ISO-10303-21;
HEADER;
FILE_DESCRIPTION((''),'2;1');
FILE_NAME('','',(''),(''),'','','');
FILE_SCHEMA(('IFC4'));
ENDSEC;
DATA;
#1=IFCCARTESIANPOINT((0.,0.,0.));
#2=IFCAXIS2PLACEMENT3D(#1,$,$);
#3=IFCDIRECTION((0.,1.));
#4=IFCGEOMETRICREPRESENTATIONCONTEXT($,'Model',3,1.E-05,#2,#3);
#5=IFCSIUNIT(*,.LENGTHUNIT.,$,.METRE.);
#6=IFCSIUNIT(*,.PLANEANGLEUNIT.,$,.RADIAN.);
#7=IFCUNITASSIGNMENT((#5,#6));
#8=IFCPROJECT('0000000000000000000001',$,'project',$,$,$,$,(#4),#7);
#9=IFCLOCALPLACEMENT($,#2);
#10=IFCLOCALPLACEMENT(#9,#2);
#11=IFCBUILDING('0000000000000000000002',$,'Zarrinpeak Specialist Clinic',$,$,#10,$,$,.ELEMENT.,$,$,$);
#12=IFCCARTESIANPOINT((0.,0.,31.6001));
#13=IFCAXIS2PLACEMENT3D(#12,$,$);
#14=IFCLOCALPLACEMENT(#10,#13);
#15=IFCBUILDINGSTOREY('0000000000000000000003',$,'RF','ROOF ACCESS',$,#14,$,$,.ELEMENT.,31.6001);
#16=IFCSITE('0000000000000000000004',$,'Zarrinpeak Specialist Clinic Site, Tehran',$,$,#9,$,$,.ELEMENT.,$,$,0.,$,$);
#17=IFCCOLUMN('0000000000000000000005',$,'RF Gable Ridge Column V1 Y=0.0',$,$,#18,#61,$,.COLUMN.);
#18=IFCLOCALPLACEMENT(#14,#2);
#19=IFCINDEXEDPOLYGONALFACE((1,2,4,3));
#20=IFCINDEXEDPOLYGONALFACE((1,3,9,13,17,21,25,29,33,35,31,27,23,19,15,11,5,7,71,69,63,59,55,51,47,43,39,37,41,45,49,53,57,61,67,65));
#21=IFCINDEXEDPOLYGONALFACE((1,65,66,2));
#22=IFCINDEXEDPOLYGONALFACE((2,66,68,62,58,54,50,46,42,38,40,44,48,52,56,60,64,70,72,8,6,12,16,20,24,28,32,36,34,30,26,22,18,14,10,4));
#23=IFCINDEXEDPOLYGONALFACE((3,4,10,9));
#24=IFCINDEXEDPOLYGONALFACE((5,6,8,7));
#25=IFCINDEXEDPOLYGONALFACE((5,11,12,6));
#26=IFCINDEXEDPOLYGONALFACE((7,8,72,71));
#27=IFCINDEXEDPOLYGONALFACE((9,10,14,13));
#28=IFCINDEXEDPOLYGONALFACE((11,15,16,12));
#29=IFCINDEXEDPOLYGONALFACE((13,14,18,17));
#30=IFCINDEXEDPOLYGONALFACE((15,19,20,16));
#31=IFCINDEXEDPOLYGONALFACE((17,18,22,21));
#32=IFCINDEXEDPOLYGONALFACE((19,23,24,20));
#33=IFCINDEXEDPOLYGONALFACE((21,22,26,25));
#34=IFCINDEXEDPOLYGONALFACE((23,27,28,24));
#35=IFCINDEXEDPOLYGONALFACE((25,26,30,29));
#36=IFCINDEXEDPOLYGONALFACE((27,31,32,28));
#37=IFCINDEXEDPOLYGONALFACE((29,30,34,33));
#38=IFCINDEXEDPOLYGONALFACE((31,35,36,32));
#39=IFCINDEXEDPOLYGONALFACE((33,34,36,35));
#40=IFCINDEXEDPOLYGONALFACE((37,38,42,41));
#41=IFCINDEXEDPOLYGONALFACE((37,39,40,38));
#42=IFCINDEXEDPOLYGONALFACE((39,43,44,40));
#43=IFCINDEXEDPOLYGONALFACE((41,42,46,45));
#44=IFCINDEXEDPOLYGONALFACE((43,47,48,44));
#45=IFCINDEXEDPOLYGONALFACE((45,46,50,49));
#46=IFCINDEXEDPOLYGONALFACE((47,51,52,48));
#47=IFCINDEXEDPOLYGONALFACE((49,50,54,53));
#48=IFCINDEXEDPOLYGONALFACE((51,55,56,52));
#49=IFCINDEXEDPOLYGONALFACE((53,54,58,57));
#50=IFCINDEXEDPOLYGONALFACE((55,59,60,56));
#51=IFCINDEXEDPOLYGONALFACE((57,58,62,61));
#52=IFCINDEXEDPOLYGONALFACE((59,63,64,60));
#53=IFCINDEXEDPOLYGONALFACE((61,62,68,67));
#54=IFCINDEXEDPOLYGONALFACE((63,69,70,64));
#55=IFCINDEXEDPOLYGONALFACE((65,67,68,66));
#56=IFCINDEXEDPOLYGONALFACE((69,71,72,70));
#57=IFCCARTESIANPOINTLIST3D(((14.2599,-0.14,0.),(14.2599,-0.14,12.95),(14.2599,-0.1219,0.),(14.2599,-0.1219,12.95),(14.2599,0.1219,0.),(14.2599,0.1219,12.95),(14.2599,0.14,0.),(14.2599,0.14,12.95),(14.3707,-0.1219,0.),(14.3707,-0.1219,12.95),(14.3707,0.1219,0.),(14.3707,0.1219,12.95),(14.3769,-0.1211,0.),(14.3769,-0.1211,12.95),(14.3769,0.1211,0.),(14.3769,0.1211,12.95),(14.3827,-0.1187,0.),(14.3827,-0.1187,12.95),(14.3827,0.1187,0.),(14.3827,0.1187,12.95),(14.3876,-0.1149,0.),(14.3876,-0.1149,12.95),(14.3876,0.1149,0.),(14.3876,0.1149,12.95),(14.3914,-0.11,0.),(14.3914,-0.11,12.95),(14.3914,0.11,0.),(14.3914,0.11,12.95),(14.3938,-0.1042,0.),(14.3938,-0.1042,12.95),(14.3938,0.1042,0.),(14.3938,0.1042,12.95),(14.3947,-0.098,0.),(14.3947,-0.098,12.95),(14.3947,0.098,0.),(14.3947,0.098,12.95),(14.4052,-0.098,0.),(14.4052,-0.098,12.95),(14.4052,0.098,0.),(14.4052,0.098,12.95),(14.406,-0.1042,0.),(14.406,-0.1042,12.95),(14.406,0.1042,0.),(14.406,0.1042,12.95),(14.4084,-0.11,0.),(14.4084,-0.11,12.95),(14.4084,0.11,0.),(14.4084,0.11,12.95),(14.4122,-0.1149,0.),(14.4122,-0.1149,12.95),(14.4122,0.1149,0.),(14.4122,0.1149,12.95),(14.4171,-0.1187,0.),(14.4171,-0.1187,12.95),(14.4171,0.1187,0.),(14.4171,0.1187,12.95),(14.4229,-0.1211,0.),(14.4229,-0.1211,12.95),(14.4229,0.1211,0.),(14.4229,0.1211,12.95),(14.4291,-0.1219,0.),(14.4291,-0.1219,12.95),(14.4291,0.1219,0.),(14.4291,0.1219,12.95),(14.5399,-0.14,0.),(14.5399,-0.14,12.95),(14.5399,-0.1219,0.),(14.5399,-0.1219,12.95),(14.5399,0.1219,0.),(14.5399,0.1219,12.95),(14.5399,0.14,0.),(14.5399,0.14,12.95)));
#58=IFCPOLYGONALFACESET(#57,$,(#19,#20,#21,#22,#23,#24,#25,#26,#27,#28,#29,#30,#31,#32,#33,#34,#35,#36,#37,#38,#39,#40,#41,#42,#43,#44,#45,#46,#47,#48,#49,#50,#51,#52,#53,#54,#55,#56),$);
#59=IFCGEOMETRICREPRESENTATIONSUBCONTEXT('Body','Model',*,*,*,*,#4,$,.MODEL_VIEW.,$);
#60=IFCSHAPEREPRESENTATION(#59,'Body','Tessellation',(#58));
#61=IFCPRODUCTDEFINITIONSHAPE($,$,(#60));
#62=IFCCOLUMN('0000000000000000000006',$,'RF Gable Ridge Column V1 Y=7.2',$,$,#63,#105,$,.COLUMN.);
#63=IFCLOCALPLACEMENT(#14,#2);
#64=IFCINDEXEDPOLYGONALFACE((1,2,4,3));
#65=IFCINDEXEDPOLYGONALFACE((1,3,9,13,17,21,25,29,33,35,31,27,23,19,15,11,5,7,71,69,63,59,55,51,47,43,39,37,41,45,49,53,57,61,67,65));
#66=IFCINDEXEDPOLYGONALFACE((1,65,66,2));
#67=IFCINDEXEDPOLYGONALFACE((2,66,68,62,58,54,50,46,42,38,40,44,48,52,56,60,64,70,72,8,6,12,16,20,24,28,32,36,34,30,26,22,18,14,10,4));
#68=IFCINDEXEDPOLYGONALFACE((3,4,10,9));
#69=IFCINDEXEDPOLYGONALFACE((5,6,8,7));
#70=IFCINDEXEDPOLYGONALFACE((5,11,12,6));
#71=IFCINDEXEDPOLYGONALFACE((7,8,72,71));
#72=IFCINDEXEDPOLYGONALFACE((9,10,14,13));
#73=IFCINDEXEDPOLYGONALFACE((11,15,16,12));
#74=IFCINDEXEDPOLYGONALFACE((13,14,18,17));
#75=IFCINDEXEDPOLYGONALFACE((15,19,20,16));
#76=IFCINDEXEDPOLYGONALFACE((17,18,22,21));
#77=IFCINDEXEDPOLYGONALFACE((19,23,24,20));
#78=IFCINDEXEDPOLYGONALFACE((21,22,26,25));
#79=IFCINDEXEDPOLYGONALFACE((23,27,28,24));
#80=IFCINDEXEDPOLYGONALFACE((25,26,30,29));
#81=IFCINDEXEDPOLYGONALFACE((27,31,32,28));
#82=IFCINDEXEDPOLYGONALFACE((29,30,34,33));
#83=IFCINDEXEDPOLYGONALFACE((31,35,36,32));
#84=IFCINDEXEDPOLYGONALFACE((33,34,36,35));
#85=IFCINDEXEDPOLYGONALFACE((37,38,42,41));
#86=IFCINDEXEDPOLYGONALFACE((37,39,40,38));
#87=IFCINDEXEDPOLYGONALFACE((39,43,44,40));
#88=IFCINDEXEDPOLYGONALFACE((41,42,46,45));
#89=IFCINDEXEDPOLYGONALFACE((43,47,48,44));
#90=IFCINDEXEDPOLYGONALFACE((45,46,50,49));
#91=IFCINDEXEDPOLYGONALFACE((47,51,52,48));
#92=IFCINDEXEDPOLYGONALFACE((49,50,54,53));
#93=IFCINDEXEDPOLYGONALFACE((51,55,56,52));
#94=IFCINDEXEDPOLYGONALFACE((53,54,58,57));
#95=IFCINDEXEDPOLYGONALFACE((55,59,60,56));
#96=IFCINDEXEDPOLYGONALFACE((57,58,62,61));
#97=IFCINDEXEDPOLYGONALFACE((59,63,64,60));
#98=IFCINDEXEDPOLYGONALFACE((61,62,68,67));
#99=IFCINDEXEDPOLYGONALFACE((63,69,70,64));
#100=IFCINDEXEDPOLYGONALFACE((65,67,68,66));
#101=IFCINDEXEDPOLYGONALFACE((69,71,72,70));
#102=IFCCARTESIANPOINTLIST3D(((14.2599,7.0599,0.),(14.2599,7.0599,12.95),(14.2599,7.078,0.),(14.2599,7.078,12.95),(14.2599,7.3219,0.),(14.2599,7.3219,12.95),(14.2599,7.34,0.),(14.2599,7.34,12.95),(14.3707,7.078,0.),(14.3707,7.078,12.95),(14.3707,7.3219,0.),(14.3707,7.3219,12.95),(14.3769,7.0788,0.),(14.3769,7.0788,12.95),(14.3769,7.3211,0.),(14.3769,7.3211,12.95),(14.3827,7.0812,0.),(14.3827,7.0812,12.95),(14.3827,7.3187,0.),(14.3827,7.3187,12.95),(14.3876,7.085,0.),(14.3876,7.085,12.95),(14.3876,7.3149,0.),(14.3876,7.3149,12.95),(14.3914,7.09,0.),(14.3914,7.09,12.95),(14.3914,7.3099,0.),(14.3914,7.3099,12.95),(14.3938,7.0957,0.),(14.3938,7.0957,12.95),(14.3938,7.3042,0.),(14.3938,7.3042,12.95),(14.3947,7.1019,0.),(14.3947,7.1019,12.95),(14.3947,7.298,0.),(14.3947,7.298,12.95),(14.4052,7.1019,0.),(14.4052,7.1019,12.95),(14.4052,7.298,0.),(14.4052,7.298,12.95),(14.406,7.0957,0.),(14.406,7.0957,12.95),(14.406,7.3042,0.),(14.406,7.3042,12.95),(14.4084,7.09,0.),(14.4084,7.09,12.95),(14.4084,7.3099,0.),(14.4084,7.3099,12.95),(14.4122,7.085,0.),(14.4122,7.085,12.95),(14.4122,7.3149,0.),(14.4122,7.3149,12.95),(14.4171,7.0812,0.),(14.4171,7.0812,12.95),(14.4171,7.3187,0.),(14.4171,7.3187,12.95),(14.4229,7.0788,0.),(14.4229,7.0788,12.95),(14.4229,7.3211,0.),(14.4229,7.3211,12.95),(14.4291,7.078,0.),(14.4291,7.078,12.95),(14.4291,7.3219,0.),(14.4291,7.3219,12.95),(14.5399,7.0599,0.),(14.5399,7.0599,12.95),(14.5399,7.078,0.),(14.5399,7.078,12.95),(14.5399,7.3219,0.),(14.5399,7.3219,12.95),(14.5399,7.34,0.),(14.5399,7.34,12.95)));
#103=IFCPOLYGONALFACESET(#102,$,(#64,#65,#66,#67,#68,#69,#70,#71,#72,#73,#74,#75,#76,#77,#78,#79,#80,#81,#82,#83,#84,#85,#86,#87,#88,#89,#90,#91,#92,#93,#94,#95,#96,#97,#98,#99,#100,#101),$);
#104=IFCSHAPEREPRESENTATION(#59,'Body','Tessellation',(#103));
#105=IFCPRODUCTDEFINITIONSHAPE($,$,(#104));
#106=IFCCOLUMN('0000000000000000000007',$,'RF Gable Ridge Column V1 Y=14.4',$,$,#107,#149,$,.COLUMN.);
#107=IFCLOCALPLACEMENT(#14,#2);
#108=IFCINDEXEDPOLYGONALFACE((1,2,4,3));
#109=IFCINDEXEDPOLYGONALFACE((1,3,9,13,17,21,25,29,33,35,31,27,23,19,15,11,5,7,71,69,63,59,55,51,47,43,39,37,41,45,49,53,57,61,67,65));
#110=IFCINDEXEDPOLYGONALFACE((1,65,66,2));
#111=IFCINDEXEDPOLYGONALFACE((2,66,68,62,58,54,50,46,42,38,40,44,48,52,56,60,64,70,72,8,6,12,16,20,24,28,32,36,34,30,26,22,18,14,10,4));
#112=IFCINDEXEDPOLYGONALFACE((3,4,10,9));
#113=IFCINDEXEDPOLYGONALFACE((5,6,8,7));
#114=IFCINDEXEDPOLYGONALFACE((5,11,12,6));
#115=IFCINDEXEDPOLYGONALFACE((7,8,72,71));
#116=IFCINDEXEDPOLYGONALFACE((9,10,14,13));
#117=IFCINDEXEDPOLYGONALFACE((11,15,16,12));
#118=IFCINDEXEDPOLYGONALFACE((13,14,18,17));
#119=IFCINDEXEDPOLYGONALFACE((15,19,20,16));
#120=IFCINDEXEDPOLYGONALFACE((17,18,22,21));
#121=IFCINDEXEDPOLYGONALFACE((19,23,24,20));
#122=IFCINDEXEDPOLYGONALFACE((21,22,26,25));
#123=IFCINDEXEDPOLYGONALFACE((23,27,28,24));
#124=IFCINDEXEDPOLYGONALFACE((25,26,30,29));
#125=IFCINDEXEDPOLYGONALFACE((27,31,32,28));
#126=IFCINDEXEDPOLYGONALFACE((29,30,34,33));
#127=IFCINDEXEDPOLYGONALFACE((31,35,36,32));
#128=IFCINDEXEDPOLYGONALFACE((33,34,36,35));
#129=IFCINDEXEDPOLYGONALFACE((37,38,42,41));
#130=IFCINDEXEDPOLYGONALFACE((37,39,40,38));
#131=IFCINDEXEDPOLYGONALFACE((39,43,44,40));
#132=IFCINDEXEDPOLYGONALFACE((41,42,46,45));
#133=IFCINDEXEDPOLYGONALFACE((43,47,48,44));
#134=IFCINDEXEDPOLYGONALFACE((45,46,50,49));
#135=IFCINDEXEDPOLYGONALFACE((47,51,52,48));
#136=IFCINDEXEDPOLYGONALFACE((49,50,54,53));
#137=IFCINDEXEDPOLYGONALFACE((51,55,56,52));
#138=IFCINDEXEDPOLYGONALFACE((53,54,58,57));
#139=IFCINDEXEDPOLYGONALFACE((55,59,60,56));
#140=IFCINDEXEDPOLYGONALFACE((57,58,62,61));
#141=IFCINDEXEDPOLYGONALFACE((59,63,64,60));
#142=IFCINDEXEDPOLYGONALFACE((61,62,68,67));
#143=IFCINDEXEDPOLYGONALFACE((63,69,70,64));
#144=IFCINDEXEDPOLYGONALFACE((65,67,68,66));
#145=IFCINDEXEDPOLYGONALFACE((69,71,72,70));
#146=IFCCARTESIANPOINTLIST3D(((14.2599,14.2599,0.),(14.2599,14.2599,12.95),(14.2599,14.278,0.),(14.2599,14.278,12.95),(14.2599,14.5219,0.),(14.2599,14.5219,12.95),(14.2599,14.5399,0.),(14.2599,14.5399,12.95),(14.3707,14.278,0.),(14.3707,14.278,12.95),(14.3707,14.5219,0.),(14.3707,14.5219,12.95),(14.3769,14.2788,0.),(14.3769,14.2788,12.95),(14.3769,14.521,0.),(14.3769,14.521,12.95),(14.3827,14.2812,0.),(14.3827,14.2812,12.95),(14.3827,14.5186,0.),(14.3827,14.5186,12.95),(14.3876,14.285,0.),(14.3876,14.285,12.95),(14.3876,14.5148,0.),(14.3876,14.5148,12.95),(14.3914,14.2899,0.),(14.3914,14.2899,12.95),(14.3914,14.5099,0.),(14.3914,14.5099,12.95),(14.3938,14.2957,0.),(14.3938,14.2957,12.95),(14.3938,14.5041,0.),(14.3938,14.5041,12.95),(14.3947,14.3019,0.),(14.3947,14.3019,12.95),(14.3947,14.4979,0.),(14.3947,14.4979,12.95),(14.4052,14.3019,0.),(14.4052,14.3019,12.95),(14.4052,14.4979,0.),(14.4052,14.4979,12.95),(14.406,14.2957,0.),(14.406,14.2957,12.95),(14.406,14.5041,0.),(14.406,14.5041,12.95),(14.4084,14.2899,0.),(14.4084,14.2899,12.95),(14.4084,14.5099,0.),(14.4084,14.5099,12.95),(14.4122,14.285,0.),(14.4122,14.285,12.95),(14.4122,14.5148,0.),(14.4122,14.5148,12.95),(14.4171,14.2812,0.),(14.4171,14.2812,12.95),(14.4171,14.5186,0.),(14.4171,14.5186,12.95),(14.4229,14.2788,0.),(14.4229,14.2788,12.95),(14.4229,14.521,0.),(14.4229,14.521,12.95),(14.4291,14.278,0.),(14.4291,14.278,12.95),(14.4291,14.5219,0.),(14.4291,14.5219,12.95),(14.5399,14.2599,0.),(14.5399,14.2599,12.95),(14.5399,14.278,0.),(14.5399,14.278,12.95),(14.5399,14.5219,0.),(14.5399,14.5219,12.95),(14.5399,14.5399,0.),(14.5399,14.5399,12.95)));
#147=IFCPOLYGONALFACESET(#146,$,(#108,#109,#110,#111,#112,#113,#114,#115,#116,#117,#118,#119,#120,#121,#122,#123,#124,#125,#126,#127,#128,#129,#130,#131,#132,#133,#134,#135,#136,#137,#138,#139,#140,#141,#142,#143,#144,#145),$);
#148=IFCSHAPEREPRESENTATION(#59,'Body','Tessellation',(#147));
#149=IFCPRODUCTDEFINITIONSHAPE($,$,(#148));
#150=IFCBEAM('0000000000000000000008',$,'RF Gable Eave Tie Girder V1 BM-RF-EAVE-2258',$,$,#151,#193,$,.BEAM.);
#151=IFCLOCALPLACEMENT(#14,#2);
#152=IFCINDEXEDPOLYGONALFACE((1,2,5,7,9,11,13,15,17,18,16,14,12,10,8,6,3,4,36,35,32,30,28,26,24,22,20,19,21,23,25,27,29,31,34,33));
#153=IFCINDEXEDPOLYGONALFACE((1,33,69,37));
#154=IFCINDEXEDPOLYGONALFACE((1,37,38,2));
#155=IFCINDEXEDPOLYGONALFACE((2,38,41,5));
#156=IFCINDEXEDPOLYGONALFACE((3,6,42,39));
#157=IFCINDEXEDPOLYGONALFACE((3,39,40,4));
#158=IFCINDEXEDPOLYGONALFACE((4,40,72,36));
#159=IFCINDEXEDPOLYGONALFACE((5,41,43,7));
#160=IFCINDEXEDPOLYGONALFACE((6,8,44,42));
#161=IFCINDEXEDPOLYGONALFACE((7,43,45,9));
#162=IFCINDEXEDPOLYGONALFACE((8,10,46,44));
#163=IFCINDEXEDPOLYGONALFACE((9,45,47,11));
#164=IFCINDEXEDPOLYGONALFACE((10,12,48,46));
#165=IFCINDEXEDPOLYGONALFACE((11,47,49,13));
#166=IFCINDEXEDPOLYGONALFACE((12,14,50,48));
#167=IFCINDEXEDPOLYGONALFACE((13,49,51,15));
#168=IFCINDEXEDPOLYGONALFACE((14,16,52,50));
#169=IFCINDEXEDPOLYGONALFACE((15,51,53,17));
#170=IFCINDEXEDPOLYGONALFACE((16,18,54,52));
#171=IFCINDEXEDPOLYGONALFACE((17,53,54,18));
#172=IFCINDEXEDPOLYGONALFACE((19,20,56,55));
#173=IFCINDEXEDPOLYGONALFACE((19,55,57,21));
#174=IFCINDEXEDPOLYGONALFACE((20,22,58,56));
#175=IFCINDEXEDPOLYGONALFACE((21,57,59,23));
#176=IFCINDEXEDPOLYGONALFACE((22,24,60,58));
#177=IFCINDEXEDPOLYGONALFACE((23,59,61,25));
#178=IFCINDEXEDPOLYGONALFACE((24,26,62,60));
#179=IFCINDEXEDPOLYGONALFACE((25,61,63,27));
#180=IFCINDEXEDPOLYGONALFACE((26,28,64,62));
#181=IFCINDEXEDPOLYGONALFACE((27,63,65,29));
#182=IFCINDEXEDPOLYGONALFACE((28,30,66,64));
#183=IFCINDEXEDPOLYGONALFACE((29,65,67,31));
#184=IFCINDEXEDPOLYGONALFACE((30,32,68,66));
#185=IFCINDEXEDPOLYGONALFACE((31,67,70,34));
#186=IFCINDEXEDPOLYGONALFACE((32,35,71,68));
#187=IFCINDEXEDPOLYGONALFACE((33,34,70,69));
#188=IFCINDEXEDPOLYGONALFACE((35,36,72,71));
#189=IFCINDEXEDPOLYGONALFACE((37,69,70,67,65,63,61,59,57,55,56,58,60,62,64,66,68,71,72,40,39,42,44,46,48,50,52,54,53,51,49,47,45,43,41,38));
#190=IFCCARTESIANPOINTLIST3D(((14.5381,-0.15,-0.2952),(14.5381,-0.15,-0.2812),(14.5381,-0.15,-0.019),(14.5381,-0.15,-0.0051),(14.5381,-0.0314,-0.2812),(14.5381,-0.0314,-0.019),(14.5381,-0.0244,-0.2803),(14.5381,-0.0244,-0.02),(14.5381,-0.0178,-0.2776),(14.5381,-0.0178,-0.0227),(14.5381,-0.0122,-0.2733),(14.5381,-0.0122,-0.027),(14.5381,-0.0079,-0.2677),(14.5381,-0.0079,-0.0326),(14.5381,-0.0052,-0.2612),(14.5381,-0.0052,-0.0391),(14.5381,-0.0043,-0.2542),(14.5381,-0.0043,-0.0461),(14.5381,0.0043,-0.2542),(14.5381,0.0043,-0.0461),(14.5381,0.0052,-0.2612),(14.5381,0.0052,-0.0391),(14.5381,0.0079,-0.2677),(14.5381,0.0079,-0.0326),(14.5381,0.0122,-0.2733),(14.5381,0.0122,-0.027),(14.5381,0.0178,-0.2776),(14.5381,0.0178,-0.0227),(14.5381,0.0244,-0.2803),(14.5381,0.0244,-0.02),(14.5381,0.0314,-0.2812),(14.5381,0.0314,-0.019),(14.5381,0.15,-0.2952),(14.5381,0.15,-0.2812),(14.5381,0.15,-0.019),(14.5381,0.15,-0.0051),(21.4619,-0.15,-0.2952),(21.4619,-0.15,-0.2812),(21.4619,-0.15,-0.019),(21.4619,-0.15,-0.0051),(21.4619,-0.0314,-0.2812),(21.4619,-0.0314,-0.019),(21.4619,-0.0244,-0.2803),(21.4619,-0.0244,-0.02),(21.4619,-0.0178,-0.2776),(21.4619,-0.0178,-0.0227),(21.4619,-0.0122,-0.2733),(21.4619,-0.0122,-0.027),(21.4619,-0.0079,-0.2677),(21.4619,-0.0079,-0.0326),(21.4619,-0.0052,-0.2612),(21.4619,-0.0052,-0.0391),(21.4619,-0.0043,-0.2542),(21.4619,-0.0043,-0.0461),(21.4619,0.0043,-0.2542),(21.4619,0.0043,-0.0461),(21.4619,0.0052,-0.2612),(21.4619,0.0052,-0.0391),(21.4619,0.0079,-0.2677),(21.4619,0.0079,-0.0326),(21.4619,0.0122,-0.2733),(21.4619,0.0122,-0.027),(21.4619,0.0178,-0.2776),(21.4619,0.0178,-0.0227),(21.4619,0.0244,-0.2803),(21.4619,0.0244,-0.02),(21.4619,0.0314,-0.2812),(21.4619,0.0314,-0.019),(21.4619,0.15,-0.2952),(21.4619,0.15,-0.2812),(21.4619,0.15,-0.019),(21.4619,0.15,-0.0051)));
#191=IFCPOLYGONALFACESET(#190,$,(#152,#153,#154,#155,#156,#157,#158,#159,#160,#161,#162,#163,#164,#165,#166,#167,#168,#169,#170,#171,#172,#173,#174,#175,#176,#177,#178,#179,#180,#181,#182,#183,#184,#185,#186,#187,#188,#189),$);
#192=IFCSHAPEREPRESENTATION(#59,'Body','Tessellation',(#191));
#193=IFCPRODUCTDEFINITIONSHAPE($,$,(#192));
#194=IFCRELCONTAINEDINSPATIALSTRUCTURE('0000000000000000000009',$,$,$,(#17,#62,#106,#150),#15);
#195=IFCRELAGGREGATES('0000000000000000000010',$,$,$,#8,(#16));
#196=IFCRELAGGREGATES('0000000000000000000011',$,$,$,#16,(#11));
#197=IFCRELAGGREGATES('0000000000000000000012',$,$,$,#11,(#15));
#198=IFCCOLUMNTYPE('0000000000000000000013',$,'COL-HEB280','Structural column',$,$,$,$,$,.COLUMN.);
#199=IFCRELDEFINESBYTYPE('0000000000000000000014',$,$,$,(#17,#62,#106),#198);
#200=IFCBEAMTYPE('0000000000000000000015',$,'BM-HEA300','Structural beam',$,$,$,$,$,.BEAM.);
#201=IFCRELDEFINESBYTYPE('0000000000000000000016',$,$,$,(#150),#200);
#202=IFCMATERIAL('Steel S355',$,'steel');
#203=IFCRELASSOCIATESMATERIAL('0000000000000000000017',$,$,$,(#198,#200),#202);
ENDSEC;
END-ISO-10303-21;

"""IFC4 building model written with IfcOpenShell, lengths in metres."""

from ifc_helpers import new_model, si_unit, direction, frame, origin, origin_2d, place, context, subcontext, project, spatial, i_section, extrude, material, material_profile, profile_set, type_object, element, save


model = new_model("IFC4")

# Units and contexts
model_context = context("Model", 3, precision=1e-05, world=origin(), true_north=direction((0.0, 1.0)))
body_context = subcontext(model_context, "Body", "Model", "MODEL_VIEW")
ifc_project = project(units=[si_unit("LENGTHUNIT", "METRE"), si_unit("PLANEANGLEUNIT", "RADIAN")], contexts=[model_context])

# Site, building, storey
site_placement = place(None, origin())
site = spatial("IfcSite", under=ifc_project, at=site_placement, Name="Zarrinpeak Specialist Clinic Site, Tehran", CompositionType="ELEMENT", RefElevation=0.0)
building_placement = place(site_placement, origin())
building = spatial("IfcBuilding", under=site, at=building_placement, Name="Zarrinpeak Specialist Clinic", CompositionType="ELEMENT")
storey_placement = place(building_placement, frame((0.0, 0.0, 31.6001)))
storey = spatial("IfcBuildingStorey", under=building, at=storey_placement, Name="RF", Description="ROOF ACCESS", CompositionType="ELEMENT", Elevation=31.6001)

# Columns
ifc_material_1 = material(Name="Steel S355", Category="steel")
ifc_material_profile_1 = material_profile(ifc_material_1, i_section(OverallWidth=0.28, OverallDepth=0.28, WebThickness=0.0105, FlangeThickness=0.0181, FilletRadius=0.0239, at=origin_2d()), Name="HEB 280")
ifc_profile_set_1 = profile_set([ifc_material_profile_1], Name="Steel S355")
column_type = type_object("IfcColumnType", Name="COL-HEB280", Description="Structural column", PredefinedType="COLUMN", material=ifc_profile_set_1)
for number, where, z_axis, x_axis, name in (
    (1, (14.3999, 0.0, 0.0), (0.0, 0.0, 1.0), (1.0, 0.0, 0.0), "RF Gable Ridge Column V1 Y=0.0"),
    (2, (14.3999, 7.2, 0.0), (0.0, 0.0, 1.0), (1.0, 0.0, 0.0), "RF Gable Ridge Column V1 Y=7.2"),
    (3, (14.3999, 14.3999, 0.0), (0.0, 0.0, 1.0), (1.0, 0.0, 0.0), "RF Gable Ridge Column V1 Y=14.4"),
):
    element("IfcColumn", number, at=place(storey_placement, frame(where, z_axis=z_axis, x_axis=x_axis)), inside=storey, type_object=column_type, Name=name, PredefinedType="COLUMN", context=body_context, shape_type="SweptSolid", body=[
        extrude(i_section(OverallWidth=0.28, OverallDepth=0.28, WebThickness=0.0105, FlangeThickness=0.0181, FilletRadius=0.0239, at=origin_2d()), origin(), (0.0, 0.0, 1.0), 12.95),
    ])

# Beam
ifc_material_profile_2 = material_profile(ifc_material_1, i_section(OverallWidth=0.3, OverallDepth=0.29, WebThickness=0.0085, FlangeThickness=0.0139, FilletRadius=0.0271, at=origin_2d()), Name="HEA 300")
ifc_profile_set_2 = profile_set([ifc_material_profile_2], Name="Steel S355")
beam_type_1 = type_object("IfcBeamType", Name="BM-HEA300", Description="Structural beam", PredefinedType="BEAM", material=ifc_profile_set_2)
for number, where, z_axis, x_axis, name in (
    (4, (14.5381, 0.0, -0.1501), (1.0, 0.0, 0.0), (0.0, 1.0, 0.0), "RF Gable Eave Tie Girder V1 BM-RF-EAVE-2258"),
):
    element("IfcBeam", number, at=place(storey_placement, frame(where, z_axis=z_axis, x_axis=x_axis)), inside=storey, type_object=beam_type_1, Name=name, PredefinedType="BEAM", context=body_context, shape_type="SweptSolid", body=[
        extrude(i_section(OverallWidth=0.3, OverallDepth=0.29, WebThickness=0.0085, FlangeThickness=0.0139, FilletRadius=0.0271, at=origin_2d()), origin(), (0.0, 0.0, 1.0), 6.9238),
    ])

save(model, "model.ifc")
